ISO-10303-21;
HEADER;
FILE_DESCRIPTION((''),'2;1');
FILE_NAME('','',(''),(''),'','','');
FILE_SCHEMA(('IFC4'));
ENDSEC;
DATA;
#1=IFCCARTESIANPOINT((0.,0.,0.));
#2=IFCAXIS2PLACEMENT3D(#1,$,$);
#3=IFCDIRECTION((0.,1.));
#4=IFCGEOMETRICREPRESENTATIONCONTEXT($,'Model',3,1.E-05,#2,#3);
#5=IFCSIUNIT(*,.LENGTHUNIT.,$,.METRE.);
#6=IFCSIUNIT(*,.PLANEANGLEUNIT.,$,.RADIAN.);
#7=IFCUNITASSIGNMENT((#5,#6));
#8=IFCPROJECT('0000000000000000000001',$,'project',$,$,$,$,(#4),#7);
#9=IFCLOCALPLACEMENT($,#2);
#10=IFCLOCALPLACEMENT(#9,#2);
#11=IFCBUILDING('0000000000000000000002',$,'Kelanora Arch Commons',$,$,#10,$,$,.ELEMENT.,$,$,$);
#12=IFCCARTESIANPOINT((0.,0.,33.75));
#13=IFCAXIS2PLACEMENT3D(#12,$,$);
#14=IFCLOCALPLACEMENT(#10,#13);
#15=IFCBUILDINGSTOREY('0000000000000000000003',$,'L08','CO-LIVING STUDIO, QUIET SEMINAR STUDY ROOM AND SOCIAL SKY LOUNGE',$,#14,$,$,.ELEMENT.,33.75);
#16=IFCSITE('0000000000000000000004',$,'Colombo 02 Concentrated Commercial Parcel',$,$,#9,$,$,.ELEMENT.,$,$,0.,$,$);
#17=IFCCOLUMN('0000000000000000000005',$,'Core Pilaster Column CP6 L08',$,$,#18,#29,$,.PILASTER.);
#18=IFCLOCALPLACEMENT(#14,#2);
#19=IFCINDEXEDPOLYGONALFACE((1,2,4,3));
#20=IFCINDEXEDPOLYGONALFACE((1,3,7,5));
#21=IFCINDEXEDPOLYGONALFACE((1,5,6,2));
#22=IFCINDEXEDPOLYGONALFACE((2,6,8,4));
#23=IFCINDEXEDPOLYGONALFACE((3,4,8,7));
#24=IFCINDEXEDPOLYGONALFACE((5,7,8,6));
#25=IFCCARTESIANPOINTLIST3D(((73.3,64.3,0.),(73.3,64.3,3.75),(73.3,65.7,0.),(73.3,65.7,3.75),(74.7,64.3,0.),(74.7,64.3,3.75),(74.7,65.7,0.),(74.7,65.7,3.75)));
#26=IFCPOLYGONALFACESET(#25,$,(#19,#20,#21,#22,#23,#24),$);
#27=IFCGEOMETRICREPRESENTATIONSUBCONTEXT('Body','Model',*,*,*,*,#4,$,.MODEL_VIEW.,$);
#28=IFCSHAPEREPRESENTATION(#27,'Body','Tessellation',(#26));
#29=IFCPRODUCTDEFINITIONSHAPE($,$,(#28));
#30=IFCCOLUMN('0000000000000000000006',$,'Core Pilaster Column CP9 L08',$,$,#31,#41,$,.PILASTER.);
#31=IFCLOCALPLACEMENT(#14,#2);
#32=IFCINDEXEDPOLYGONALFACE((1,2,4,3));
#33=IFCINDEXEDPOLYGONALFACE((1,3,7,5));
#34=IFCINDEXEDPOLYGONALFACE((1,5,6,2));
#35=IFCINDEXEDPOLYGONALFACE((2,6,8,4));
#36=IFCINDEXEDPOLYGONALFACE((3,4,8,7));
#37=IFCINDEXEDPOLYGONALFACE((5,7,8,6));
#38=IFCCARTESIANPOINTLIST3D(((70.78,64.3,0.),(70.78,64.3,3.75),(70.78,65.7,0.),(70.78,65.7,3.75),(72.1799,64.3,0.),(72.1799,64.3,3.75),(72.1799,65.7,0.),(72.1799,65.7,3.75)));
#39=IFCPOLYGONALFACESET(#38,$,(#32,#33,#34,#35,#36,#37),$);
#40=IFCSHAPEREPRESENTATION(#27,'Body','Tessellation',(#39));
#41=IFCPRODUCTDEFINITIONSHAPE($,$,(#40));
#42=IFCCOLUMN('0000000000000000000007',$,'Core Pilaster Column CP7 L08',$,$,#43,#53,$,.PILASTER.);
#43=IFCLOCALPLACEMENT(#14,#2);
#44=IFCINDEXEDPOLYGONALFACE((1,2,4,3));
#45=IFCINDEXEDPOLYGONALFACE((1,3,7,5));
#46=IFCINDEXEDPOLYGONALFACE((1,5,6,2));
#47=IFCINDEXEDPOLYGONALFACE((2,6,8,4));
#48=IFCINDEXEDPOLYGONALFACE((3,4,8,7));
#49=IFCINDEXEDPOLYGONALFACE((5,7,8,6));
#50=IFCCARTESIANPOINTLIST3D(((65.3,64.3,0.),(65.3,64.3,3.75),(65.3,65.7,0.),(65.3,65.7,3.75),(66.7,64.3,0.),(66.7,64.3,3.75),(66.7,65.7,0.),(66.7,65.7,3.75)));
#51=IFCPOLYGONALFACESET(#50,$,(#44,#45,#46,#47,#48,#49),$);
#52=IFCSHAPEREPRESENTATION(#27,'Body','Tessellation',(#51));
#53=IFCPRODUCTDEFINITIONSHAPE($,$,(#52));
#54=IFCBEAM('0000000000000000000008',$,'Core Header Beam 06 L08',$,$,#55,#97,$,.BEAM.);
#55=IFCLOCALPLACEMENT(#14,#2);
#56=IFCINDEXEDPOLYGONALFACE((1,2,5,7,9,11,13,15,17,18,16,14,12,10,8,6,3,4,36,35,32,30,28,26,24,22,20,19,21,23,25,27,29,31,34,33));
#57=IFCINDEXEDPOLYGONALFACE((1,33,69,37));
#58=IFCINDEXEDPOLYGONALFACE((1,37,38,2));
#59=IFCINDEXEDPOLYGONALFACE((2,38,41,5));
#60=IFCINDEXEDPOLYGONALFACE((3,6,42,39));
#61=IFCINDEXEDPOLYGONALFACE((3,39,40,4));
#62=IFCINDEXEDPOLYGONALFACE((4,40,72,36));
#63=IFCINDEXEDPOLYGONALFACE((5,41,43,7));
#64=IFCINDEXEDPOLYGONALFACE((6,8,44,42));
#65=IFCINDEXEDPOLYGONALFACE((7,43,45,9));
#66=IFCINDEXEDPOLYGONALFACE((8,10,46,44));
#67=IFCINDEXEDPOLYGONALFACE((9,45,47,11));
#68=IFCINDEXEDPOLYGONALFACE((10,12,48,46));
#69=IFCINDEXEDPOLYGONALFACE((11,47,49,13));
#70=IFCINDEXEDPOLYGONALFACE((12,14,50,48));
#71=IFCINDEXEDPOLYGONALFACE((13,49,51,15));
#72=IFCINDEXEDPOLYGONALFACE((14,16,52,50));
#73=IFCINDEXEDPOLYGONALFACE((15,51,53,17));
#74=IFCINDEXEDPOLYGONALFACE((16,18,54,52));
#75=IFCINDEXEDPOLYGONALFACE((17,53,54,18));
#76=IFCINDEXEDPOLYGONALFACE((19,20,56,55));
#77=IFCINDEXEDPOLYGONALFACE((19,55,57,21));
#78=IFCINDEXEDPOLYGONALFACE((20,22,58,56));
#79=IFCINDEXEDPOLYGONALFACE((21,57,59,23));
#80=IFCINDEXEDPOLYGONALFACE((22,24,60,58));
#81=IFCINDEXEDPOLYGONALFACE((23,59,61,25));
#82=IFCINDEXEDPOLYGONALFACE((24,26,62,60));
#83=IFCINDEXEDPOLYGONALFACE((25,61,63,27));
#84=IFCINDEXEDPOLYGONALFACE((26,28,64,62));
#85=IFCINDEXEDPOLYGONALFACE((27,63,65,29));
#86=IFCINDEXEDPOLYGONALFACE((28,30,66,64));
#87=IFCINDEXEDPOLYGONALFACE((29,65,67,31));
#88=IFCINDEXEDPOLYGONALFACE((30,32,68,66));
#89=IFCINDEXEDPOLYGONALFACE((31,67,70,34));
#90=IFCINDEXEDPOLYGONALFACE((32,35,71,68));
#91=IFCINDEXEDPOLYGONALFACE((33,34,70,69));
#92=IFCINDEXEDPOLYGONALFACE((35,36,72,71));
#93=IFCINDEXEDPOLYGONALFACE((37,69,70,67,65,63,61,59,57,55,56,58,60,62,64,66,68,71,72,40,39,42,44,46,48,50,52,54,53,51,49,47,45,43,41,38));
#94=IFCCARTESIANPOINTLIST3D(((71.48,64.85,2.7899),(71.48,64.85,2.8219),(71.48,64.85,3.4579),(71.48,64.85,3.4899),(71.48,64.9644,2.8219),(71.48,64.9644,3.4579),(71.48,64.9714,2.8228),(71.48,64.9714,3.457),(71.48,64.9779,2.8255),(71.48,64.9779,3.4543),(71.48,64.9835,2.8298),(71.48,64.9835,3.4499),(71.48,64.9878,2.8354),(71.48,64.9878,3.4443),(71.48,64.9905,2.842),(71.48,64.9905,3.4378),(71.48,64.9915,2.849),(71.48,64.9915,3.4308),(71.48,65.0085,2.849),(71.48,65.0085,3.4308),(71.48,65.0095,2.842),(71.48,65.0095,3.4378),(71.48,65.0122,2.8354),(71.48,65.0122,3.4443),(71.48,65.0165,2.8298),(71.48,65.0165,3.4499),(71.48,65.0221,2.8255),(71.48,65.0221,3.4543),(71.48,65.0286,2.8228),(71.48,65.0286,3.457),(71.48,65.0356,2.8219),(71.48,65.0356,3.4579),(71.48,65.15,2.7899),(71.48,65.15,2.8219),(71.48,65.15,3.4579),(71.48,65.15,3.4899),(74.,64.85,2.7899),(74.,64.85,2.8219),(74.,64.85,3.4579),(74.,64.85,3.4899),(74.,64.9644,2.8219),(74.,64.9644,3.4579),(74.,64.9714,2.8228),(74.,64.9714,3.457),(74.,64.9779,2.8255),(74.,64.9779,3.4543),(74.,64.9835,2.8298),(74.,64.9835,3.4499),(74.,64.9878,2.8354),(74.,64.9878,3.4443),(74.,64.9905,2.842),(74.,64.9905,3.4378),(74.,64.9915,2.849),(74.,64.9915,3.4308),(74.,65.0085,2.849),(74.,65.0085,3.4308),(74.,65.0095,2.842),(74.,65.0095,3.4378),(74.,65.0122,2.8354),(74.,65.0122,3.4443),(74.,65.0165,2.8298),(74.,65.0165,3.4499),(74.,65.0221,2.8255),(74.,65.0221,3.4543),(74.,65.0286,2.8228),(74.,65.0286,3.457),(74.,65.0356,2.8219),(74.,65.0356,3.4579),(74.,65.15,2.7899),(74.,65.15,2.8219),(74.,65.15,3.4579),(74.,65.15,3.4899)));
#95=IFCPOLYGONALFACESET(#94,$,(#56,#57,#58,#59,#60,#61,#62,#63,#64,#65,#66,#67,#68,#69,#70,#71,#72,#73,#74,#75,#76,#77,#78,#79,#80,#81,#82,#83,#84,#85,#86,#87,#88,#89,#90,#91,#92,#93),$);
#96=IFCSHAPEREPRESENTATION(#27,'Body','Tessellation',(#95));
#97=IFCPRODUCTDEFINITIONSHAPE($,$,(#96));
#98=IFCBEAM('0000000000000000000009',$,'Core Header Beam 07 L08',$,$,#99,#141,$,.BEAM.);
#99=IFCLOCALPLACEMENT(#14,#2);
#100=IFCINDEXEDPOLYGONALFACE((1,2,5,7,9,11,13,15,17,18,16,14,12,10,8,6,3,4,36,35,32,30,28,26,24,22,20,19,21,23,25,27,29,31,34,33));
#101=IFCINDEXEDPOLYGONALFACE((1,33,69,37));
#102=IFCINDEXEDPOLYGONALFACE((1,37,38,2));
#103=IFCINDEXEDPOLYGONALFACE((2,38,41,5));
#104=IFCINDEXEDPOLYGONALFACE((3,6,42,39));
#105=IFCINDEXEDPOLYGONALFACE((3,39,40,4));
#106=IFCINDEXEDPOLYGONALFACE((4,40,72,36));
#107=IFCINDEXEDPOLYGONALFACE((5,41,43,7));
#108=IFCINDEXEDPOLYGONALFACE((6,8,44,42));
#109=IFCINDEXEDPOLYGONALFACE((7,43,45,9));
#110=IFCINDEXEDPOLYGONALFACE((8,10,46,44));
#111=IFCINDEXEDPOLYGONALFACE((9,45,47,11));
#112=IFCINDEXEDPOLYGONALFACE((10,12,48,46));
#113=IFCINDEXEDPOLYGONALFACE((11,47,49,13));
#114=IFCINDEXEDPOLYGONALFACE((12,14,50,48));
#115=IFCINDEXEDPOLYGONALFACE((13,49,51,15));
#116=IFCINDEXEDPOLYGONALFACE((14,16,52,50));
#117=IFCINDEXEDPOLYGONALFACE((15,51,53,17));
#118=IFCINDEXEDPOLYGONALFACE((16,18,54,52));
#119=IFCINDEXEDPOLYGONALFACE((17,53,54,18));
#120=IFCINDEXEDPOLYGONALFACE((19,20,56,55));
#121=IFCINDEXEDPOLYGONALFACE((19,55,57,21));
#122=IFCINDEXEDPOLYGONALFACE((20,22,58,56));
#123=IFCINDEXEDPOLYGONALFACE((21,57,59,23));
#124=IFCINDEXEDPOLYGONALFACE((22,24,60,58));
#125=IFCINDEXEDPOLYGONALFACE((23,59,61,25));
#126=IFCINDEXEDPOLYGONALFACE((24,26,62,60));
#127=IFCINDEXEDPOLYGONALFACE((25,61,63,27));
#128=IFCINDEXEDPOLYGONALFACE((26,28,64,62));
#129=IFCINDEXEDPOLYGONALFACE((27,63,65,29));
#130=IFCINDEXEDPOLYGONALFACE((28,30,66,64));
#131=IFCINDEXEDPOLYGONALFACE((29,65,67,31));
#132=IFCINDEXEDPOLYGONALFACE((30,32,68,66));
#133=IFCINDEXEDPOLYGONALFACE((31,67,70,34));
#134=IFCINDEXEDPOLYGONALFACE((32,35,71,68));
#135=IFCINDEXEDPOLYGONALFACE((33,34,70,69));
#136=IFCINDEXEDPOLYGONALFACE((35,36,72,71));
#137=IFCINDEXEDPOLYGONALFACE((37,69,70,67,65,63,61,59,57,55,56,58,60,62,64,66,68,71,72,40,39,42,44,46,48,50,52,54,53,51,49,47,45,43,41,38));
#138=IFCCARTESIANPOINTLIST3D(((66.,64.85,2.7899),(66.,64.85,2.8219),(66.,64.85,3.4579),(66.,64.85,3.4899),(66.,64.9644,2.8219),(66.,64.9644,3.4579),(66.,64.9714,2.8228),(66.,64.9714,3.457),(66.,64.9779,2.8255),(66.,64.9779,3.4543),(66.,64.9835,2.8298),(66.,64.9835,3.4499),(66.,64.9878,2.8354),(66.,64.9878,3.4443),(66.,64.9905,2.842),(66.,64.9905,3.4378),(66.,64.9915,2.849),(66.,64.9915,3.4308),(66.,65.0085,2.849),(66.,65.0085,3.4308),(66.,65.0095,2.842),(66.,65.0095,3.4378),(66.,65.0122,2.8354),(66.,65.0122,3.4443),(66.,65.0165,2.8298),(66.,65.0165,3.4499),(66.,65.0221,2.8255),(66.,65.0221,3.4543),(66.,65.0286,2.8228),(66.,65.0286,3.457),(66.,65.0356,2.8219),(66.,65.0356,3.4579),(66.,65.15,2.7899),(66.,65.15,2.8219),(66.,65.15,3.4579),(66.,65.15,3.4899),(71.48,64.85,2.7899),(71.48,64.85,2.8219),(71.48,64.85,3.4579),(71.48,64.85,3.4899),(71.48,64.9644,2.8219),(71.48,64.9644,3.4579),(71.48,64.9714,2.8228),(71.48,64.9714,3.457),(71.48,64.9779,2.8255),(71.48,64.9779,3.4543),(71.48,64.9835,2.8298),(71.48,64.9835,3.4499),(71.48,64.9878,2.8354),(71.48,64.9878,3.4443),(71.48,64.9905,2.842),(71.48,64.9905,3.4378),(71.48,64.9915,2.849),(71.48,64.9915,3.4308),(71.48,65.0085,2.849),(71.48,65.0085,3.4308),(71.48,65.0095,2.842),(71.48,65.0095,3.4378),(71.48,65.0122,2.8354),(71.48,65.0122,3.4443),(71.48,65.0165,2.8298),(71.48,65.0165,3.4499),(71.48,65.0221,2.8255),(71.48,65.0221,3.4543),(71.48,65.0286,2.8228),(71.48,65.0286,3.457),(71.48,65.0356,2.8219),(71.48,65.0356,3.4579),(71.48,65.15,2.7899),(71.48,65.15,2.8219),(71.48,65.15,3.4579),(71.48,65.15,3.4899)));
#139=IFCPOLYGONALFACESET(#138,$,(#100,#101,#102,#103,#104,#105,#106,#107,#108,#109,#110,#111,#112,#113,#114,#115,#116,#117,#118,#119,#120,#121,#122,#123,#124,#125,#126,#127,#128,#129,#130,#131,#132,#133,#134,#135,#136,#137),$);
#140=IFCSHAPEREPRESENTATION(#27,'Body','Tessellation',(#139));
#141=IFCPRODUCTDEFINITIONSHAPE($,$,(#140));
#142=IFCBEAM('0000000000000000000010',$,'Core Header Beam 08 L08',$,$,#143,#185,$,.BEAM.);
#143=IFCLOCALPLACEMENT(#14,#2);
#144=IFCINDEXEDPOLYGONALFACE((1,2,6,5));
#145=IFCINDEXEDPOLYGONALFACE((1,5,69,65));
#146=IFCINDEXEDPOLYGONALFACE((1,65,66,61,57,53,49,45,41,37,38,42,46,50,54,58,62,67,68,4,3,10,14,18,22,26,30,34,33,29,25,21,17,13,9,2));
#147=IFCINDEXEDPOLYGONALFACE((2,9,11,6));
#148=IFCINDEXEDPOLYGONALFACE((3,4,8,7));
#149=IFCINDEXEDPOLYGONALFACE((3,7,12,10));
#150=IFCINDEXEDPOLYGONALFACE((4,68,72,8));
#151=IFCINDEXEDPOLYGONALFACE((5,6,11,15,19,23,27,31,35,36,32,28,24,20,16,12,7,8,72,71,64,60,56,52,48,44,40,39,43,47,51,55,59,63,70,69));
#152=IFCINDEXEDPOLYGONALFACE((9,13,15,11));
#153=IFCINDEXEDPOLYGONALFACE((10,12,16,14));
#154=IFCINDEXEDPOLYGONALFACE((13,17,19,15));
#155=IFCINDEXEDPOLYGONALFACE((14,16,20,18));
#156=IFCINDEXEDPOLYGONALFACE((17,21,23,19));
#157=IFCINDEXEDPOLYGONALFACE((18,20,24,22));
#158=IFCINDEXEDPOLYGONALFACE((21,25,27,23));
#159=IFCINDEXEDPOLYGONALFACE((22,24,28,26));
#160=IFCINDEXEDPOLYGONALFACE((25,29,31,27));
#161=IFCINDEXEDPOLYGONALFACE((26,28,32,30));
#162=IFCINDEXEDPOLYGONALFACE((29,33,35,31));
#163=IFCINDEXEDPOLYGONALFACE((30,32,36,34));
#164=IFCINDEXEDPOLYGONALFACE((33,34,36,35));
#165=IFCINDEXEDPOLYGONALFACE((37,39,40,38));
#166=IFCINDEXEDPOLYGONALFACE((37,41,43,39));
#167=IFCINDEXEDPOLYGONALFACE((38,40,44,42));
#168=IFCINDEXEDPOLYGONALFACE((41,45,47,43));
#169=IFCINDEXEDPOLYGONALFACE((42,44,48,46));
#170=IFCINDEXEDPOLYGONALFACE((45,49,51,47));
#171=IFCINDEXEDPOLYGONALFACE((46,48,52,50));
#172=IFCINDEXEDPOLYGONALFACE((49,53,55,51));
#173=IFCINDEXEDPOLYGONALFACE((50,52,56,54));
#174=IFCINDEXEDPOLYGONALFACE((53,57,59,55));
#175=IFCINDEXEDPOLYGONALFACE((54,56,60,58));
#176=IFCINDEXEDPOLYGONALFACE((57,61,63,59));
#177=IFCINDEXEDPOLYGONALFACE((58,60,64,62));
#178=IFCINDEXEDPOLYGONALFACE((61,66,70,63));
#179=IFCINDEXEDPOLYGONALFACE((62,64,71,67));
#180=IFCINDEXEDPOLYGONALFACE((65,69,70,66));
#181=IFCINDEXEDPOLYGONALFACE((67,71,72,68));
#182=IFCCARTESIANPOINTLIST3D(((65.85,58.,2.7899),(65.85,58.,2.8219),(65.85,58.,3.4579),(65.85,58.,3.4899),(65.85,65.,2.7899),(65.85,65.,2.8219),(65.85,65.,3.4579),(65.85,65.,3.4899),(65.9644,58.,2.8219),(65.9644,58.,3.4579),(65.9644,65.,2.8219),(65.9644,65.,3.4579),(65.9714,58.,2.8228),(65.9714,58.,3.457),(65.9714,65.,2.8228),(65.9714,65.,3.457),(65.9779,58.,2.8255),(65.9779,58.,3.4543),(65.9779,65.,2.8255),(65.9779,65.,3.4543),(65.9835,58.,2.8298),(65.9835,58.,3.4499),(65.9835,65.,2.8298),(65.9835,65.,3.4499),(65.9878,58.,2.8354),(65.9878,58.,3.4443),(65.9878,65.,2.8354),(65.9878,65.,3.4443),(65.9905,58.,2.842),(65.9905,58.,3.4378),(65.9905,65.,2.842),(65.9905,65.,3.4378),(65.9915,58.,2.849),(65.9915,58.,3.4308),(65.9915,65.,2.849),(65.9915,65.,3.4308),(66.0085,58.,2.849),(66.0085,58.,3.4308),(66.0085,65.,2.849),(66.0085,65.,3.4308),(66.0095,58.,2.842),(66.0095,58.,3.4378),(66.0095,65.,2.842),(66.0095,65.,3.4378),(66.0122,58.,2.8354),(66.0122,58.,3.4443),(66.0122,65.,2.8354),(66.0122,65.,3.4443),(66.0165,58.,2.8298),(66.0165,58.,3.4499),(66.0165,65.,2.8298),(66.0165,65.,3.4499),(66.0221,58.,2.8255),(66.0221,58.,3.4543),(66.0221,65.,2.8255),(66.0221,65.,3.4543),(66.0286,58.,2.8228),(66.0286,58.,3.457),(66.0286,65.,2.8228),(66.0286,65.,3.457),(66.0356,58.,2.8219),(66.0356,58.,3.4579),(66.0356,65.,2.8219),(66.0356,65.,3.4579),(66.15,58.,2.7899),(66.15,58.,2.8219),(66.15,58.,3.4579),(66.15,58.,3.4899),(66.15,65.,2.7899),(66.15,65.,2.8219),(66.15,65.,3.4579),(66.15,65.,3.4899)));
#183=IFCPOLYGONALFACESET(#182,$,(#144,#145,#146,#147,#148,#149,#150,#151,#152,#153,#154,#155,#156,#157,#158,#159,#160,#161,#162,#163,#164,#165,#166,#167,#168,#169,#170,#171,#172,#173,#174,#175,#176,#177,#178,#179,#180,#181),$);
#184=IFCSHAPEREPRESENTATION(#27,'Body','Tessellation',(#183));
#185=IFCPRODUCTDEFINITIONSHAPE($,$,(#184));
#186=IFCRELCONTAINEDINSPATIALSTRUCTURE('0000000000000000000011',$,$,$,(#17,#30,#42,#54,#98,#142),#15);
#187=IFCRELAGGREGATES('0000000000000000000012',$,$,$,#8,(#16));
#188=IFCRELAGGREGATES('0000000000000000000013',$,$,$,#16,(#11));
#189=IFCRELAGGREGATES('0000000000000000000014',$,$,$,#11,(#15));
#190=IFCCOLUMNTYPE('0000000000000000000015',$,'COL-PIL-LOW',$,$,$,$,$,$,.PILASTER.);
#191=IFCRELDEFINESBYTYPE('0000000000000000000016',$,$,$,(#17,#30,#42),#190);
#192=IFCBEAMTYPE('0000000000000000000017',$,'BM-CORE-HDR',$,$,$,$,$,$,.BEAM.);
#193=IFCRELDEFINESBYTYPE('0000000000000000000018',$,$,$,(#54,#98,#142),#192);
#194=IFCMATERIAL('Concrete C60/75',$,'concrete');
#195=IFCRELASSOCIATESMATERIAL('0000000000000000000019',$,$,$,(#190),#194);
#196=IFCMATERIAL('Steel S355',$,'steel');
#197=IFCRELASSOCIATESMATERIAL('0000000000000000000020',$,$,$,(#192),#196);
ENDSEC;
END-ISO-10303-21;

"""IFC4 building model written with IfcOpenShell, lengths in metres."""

from ifc_helpers import new_model, si_unit, direction, frame, origin, origin_2d, place, context, subcontext, project, spatial, rectangle, i_section, extrude, material, material_profile, profile_set, type_object, element, save


model = new_model("IFC4")

# Units and contexts
model_context = context("Model", 3, precision=1e-05, world=origin(), true_north=direction((0.0, 1.0)))
body_context = subcontext(model_context, "Body", "Model", "MODEL_VIEW")
ifc_project = project(units=[si_unit("LENGTHUNIT", "METRE"), si_unit("PLANEANGLEUNIT", "RADIAN")], contexts=[model_context])

# Site, building, storey
site_placement = place(None, origin())
site = spatial("IfcSite", under=ifc_project, at=site_placement, Name="Colombo 02 Concentrated Commercial Parcel", CompositionType="ELEMENT", RefElevation=0.0)
building_placement = place(site_placement, origin())
building = spatial("IfcBuilding", under=site, at=building_placement, Name="Kelanora Arch Commons", CompositionType="ELEMENT")
storey_placement = place(building_placement, frame((0.0, 0.0, 33.75)))
storey = spatial("IfcBuildingStorey", under=building, at=storey_placement, Name="L08", Description="CO-LIVING STUDIO, QUIET SEMINAR STUDY ROOM AND SOCIAL SKY LOUNGE", CompositionType="ELEMENT", Elevation=33.75)

# Columns
ifc_material_1 = material(Name="Concrete C60/75", Category="concrete")
ifc_material_profile_1 = material_profile(ifc_material_1, rectangle(XDim=1.3999, YDim=1.3999, at=origin_2d()), Name="RC1400x1400")
ifc_profile_set_1 = profile_set([ifc_material_profile_1], Name="Concrete C60/75")
column_type = type_object("IfcColumnType", Name="COL-PIL-LOW", PredefinedType="PILASTER", material=ifc_profile_set_1)
for number, where, z_axis, x_axis, name in (
    (1, (74.0, 65.0, 0.0), (0.0, 0.0, 1.0), (1.0, 0.0, 0.0), "Core Pilaster Column CP6 L08"),
    (2, (71.48, 65.0, 0.0), (0.0, 0.0, 1.0), (1.0, 0.0, 0.0), "Core Pilaster Column CP9 L08"),
    (3, (66.0, 65.0, 0.0), (0.0, 0.0, 1.0), (1.0, 0.0, 0.0), "Core Pilaster Column CP7 L08"),
):
    element("IfcColumn", number, at=place(storey_placement, frame(where, z_axis=z_axis, x_axis=x_axis)), inside=storey, type_object=column_type, Name=name, PredefinedType="PILASTER", context=body_context, shape_type="SweptSolid", body=[
        extrude(rectangle(XDim=1.3999, YDim=1.3999, at=origin_2d()), origin(), (0.0, 0.0, 1.0), 3.75),
    ])

# Beams
ifc_material_2 = material(Name="Steel S355", Category="steel")
ifc_material_profile_2 = material_profile(ifc_material_2, i_section(OverallWidth=0.3, OverallDepth=0.7, WebThickness=0.0171, FlangeThickness=0.032, FilletRadius=0.0271, at=origin_2d()), Name="HEB700")
ifc_profile_set_2 = profile_set([ifc_material_profile_2], Name="Steel S355")
beam_type_1 = type_object("IfcBeamType", Name="BM-CORE-HDR", PredefinedType="BEAM", material=ifc_profile_set_2)
beam_1_placement = place(storey_placement, frame((74.0, 65.0, 3.1399), z_axis=(-1.0, 0.0, 0.0), x_axis=(0.0, -1.0, 0.0)))
element("IfcBeam", 4, at=beam_1_placement, inside=storey, type_object=beam_type_1, Name="Core Header Beam 06 L08", PredefinedType="BEAM", context=body_context, shape_type="SweptSolid", body=[
    extrude(i_section(OverallWidth=0.3, OverallDepth=0.7, WebThickness=0.0171, FlangeThickness=0.032, FilletRadius=0.0271, at=origin_2d()), origin(), (0.0, 0.0, 1.0), 2.52),
])
beam_2_placement = place(storey_placement, frame((71.48, 65.0, 3.1399), z_axis=(-1.0, 0.0, 0.0), x_axis=(0.0, -1.0, 0.0)))
element("IfcBeam", 5, at=beam_2_placement, inside=storey, type_object=beam_type_1, Name="Core Header Beam 07 L08", PredefinedType="BEAM", context=body_context, shape_type="SweptSolid", body=[
    extrude(i_section(OverallWidth=0.3, OverallDepth=0.7, WebThickness=0.0171, FlangeThickness=0.032, FilletRadius=0.0271, at=origin_2d()), origin(), (0.0, 0.0, 1.0), 5.48),
])
beam_3_placement = place(storey_placement, frame((66.0, 65.0, 3.1399), z_axis=(0.0, -1.0, 0.0), x_axis=(1.0, 0.0, 0.0)))
element("IfcBeam", 6, at=beam_3_placement, inside=storey, type_object=beam_type_1, Name="Core Header Beam 08 L08", PredefinedType="BEAM", context=body_context, shape_type="SweptSolid", body=[
    extrude(i_section(OverallWidth=0.3, OverallDepth=0.7, WebThickness=0.0171, FlangeThickness=0.032, FilletRadius=0.0271, at=origin_2d()), origin(), (0.0, 0.0, 1.0), 7.0),
])

save(model, "model.ifc")
